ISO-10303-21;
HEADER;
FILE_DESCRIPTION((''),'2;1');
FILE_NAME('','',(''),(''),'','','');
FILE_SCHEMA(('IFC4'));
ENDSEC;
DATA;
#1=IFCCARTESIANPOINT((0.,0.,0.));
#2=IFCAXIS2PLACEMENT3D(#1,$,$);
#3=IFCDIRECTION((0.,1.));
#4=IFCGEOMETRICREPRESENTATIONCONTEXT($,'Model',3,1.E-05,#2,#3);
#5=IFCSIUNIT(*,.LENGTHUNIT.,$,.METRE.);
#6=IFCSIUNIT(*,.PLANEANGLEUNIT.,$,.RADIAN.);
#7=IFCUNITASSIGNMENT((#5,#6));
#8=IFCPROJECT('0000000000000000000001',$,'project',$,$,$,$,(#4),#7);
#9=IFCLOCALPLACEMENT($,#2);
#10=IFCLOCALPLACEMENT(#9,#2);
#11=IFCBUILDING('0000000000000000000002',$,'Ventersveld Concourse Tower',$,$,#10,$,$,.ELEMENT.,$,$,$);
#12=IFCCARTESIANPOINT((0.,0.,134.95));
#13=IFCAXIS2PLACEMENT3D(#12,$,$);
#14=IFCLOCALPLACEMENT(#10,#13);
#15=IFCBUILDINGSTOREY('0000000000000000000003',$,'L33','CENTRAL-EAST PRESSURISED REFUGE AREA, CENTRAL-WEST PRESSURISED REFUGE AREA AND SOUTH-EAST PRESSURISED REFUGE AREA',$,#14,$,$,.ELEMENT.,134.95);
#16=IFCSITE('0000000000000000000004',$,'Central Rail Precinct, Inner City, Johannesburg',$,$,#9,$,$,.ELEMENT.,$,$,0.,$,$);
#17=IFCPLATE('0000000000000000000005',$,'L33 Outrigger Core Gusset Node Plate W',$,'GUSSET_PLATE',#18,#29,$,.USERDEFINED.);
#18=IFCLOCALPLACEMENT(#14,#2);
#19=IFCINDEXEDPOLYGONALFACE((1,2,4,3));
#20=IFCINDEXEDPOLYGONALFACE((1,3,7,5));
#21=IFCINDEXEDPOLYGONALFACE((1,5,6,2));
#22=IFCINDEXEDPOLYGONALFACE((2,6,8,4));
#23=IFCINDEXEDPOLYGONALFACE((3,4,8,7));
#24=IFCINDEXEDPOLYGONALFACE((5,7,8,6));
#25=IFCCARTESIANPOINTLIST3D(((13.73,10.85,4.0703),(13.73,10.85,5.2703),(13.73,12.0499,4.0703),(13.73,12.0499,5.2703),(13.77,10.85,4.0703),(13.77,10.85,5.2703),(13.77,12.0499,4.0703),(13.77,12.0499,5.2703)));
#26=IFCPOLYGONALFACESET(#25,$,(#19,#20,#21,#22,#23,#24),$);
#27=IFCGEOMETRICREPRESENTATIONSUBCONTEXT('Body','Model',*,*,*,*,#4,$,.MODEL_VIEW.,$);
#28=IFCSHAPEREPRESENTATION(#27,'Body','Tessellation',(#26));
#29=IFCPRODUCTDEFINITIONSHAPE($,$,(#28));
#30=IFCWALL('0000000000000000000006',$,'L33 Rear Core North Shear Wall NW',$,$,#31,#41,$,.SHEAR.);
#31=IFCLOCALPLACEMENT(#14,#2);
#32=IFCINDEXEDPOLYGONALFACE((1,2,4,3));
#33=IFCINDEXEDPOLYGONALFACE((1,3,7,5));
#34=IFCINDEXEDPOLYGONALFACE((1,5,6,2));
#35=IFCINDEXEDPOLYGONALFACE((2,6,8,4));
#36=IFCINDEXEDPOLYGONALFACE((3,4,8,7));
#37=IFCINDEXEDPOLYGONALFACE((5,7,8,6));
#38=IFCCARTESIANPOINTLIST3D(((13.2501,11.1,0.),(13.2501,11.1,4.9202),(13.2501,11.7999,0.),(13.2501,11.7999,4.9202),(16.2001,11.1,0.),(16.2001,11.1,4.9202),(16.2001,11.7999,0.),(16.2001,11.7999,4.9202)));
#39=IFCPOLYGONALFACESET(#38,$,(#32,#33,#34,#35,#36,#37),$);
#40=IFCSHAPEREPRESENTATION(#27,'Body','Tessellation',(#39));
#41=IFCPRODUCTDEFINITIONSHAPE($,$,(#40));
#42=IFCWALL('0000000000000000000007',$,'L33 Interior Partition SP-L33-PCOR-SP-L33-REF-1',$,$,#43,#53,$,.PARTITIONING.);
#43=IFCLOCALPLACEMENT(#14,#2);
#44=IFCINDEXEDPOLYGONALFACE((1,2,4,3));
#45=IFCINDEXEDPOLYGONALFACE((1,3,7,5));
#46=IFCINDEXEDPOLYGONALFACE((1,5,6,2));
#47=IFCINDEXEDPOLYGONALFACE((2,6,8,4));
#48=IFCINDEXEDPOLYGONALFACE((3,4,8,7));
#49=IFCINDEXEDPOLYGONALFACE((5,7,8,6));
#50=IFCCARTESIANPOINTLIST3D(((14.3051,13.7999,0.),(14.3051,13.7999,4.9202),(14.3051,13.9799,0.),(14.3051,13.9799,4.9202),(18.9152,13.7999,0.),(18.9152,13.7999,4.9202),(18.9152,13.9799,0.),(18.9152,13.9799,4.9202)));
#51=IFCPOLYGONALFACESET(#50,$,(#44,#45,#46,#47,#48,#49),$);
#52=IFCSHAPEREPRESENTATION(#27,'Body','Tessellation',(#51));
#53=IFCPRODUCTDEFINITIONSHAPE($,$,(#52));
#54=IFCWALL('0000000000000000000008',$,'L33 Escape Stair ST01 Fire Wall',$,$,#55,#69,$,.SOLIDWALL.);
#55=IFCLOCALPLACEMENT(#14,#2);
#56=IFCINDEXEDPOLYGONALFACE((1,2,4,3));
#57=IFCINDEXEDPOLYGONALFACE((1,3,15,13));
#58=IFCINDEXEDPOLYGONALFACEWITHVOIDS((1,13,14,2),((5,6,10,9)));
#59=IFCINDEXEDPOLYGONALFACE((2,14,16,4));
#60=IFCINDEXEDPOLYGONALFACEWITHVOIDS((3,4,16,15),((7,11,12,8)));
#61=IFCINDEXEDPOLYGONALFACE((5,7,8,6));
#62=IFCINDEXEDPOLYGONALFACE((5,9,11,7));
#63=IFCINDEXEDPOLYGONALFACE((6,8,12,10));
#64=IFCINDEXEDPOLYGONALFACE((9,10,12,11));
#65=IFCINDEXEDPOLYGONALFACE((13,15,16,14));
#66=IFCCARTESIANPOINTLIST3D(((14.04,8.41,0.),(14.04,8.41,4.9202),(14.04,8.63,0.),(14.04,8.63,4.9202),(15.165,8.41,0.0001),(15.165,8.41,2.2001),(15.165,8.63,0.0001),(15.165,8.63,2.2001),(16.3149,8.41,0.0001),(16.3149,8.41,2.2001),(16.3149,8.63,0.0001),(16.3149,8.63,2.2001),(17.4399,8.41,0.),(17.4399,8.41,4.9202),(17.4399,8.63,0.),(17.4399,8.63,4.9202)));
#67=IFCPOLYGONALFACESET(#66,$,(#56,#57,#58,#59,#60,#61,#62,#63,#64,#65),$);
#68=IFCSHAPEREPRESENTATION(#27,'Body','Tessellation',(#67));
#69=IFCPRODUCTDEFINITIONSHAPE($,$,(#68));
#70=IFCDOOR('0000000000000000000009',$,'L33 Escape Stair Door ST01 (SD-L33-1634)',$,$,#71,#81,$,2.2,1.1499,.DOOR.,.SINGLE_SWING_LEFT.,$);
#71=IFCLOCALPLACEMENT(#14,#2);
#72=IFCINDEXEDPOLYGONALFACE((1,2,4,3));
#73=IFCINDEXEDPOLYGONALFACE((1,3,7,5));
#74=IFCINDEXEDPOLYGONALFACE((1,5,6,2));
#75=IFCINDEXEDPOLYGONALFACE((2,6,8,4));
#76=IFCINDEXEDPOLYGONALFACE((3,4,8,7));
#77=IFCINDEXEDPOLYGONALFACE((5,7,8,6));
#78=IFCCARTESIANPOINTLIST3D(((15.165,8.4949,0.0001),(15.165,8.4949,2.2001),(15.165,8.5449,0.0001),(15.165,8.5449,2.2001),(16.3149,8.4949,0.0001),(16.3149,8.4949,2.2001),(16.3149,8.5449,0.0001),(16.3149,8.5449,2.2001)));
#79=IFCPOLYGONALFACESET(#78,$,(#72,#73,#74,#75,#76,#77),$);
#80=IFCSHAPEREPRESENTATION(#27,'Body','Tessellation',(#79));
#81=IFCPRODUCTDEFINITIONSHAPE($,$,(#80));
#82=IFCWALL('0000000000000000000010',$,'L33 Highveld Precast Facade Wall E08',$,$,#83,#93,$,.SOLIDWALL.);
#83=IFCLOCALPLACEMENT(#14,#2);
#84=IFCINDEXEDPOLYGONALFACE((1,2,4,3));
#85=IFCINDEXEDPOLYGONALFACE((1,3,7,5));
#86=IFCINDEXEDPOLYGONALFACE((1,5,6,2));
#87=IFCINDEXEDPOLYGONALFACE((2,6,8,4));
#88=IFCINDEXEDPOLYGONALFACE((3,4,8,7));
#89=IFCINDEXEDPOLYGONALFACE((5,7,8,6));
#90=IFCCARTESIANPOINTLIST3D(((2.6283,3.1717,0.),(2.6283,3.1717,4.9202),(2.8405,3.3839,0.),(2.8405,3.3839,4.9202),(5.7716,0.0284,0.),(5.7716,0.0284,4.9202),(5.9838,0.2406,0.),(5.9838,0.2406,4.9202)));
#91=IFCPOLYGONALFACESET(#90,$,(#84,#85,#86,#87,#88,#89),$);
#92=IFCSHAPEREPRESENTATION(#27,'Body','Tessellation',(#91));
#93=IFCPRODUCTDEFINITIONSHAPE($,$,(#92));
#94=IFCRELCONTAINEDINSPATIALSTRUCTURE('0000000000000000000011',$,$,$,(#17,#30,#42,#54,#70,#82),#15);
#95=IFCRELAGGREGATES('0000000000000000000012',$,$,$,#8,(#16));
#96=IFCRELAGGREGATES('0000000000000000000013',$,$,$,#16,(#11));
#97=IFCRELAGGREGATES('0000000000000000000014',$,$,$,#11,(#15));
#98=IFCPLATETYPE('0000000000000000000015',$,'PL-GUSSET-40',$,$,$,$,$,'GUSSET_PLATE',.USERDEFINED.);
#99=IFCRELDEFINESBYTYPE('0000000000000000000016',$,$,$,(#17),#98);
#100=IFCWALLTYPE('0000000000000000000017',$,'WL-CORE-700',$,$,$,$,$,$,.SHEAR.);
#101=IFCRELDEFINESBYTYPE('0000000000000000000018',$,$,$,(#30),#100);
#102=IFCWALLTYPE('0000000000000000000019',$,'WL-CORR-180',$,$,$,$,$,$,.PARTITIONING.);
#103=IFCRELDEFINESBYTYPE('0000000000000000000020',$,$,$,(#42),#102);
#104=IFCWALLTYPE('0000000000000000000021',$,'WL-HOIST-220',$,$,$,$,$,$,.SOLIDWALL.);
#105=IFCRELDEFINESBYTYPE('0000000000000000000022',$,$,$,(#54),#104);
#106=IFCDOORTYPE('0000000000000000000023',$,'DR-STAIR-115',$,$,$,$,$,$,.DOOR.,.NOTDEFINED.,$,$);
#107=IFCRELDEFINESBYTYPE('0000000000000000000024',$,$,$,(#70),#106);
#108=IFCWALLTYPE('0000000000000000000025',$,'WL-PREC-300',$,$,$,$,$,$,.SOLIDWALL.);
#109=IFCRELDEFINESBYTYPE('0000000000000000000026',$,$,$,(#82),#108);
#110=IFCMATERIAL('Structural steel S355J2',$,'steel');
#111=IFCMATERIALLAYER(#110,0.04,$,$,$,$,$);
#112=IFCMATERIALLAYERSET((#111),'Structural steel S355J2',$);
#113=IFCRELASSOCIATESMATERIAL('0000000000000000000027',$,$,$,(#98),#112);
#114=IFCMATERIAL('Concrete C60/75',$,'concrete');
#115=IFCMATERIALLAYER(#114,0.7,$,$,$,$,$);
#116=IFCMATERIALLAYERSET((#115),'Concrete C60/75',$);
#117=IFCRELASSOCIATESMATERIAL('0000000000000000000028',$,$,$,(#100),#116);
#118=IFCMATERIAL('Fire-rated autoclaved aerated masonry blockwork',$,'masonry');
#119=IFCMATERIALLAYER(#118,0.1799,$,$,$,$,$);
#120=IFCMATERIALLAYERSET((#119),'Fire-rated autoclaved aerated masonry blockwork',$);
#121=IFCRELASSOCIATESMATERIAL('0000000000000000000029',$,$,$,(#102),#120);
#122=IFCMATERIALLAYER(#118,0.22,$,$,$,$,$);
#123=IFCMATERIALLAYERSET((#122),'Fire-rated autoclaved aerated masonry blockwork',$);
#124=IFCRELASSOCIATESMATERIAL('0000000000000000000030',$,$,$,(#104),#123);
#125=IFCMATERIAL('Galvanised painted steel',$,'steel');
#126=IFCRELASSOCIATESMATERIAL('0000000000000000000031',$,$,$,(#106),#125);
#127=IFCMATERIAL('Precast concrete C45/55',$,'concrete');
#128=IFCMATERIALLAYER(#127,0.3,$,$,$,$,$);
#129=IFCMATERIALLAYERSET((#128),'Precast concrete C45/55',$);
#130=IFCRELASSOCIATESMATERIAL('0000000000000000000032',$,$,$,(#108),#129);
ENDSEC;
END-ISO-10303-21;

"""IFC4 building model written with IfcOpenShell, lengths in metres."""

from ifc_helpers import new_model, si_unit, direction, frame, frame_2d, origin, origin_2d, place, context, subcontext, project, spatial, rectangle, extrude, material, layer, layer_set, type_object, element, fill, save


model = new_model("IFC4")

# Units and contexts
model_context = context("Model", 3, precision=1e-05, world=origin(), true_north=direction((0.0, 1.0)))
body_context = subcontext(model_context, "Body", "Model", "MODEL_VIEW")
ifc_project = project(units=[si_unit("LENGTHUNIT", "METRE"), si_unit("PLANEANGLEUNIT", "RADIAN")], contexts=[model_context])

# Site, building, storey
site_placement = place(None, origin())
site = spatial("IfcSite", under=ifc_project, at=site_placement, Name="Central Rail Precinct, Inner City, Johannesburg", CompositionType="ELEMENT", RefElevation=0.0)
building_placement = place(site_placement, origin())
building = spatial("IfcBuilding", under=site, at=building_placement, Name="Ventersveld Concourse Tower", CompositionType="ELEMENT")
storey_placement = place(building_placement, frame((0.0, 0.0, 134.95)))
storey = spatial("IfcBuildingStorey", under=building, at=storey_placement, Name="L33", Description="CENTRAL-EAST PRESSURISED REFUGE AREA, CENTRAL-WEST PRESSURISED REFUGE AREA AND SOUTH-EAST PRESSURISED REFUGE AREA", CompositionType="ELEMENT", Elevation=134.95)

# Shared definitions
ifc_material_1 = material(Name="Structural steel S355J2", Category="steel")

# Plate
ifc_layer_1 = layer(ifc_material_1, 0.04)
ifc_layer_set_1 = layer_set([ifc_layer_1], Name="Structural steel S355J2")
plate_type = type_object("IfcPlateType", Name="PL-GUSSET-40", ElementType="GUSSET_PLATE", PredefinedType="USERDEFINED", material=ifc_layer_set_1)
plate_1_placement = place(storey_placement, frame((13.75, 11.45, 4.0703), z_axis=(0.0, 0.0, 1.0), x_axis=(1.0, 0.0, 0.0)))
element("IfcPlate", 1, at=plate_1_placement, inside=storey, type_object=plate_type, Name="L33 Outrigger Core Gusset Node Plate W", ObjectType="GUSSET_PLATE", PredefinedType="USERDEFINED", context=body_context, shape_type="SweptSolid", body=[
    extrude(rectangle(XDim=0.04, YDim=1.2, at=origin_2d()), origin(), (0.0, 0.0, 1.0), 1.2),
])

# Walls
ifc_material_2 = material(Name="Concrete C60/75", Category="concrete")
ifc_layer_2 = layer(ifc_material_2, 0.7)
ifc_layer_set_2 = layer_set([ifc_layer_2], Name="Concrete C60/75")
wall_type_1 = type_object("IfcWallType", Name="WL-CORE-700", PredefinedType="SHEAR", material=ifc_layer_set_2)
wall_1_placement = place(storey_placement, frame((13.25, 11.45, 0.0), z_axis=(0.0, 0.0, 1.0), x_axis=(1.0, 0.0, 0.0)))
element("IfcWall", 2, at=wall_1_placement, inside=storey, type_object=wall_type_1, Name="L33 Rear Core North Shear Wall NW", PredefinedType="SHEAR", context=body_context, shape_type="SweptSolid", body=[
    extrude(rectangle(XDim=2.95, YDim=0.7, at=frame_2d((1.4751, 0.0))), origin(), (0.0, 0.0, 1.0), 4.9202),
])
ifc_material_3 = material(Name="Fire-rated autoclaved aerated masonry blockwork", Category="masonry")
ifc_layer_3 = layer(ifc_material_3, 0.1799)
ifc_layer_set_3 = layer_set([ifc_layer_3], Name="Fire-rated autoclaved aerated masonry blockwork")
wall_type_2 = type_object("IfcWallType", Name="WL-CORR-180", PredefinedType="PARTITIONING", material=ifc_layer_set_3)
wall_2_placement = place(storey_placement, frame((14.3049, 13.8899, 0.0), z_axis=(0.0, 0.0, 1.0), x_axis=(1.0, 0.0, 0.0)))
element("IfcWall", 3, at=wall_2_placement, inside=storey, type_object=wall_type_2, Name="L33 Interior Partition SP-L33-PCOR-SP-L33-REF-1", PredefinedType="PARTITIONING", context=body_context, shape_type="SweptSolid", body=[
    extrude(rectangle(XDim=4.6101, YDim=0.1799, at=frame_2d((2.3052, 0.0))), origin(), (0.0, 0.0, 1.0), 4.9202),
])

# Wall, opening, door
ifc_layer_4 = layer(ifc_material_3, 0.22)
ifc_layer_set_4 = layer_set([ifc_layer_4], Name="Fire-rated autoclaved aerated masonry blockwork")
wall_type_3 = type_object("IfcWallType", Name="WL-HOIST-220", PredefinedType="SOLIDWALL", material=ifc_layer_set_4)
wall_3_placement = place(storey_placement, frame((14.04, 8.52, 0.0), z_axis=(0.0, 0.0, 1.0), x_axis=(1.0, 0.0, 0.0)))
wall_3 = element("IfcWall", 4, at=wall_3_placement, inside=storey, type_object=wall_type_3, Name="L33 Escape Stair ST01 Fire Wall", PredefinedType="SOLIDWALL", context=body_context, shape_type="SweptSolid", body=[
    extrude(rectangle(XDim=3.3999, YDim=0.22, at=frame_2d((1.7, 0.0))), origin(), (0.0, 0.0, 1.0), 4.9202),
])
opening_placement = place(wall_3_placement, frame((1.125, 0.0, 0.0)))
opening = element("IfcOpeningElement", 5, at=opening_placement, cuts=wall_3, PredefinedType="OPENING", context=body_context, shape_type="SweptSolid", body=[
    extrude(rectangle(XDim=1.1499, YDim=2.2, at=frame_2d((0.575, 1.1001))), frame((0.0, 0.1201, 0.0), z_axis=(0.0, -1.0, 0.0), x_axis=(1.0, 0.0, 0.0)), (0.0, 0.0, 1.0), 0.24),
])
ifc_material_4 = material(Name="Galvanised painted steel", Category="steel")
door_type = type_object("IfcDoorType", Name="DR-STAIR-115", OperationType="NOTDEFINED", PredefinedType="DOOR", material=ifc_material_4)
door_placement = place(opening_placement, origin())
door = element("IfcDoor", 6, at=door_placement, inside=storey, type_object=door_type, Name="L33 Escape Stair Door ST01 (SD-L33-1634)", OperationType="SINGLE_SWING_LEFT", OverallHeight=2.2, OverallWidth=1.1499, PredefinedType="DOOR", context=body_context, shape_type="SweptSolid", body=[
    extrude(rectangle(XDim=1.1499, YDim=2.2, at=frame_2d((0.575, 1.1001))), frame((0.0, 0.0249, 0.0), z_axis=(0.0, -1.0, 0.0), x_axis=(1.0, 0.0, 0.0)), (0.0, 0.0, 1.0), 0.05),
])
fill(opening, door)

# Wall
ifc_material_5 = material(Name="Precast concrete C45/55", Category="concrete")
ifc_layer_5 = layer(ifc_material_5, 0.3)
ifc_layer_set_5 = layer_set([ifc_layer_5], Name="Precast concrete C45/55")
wall_type_4 = type_object("IfcWallType", Name="WL-PREC-300", PredefinedType="SOLIDWALL", material=ifc_layer_set_5)
wall_4_placement = place(storey_placement, frame((2.7344, 3.2778, 0.0), z_axis=(0.0, 0.0, 1.0), x_axis=(0.707107, -0.707107, 0.0)))
element("IfcWall", 7, at=wall_4_placement, inside=storey, type_object=wall_type_4, Name="L33 Highveld Precast Facade Wall E08", PredefinedType="SOLIDWALL", context=body_context, shape_type="SweptSolid", body=[
    extrude(rectangle(XDim=4.4453, YDim=0.3, at=frame_2d((2.2227, 0.0))), origin(), (0.0, 0.0, 1.0), 4.9202),
])

save(model, "model.ifc")
